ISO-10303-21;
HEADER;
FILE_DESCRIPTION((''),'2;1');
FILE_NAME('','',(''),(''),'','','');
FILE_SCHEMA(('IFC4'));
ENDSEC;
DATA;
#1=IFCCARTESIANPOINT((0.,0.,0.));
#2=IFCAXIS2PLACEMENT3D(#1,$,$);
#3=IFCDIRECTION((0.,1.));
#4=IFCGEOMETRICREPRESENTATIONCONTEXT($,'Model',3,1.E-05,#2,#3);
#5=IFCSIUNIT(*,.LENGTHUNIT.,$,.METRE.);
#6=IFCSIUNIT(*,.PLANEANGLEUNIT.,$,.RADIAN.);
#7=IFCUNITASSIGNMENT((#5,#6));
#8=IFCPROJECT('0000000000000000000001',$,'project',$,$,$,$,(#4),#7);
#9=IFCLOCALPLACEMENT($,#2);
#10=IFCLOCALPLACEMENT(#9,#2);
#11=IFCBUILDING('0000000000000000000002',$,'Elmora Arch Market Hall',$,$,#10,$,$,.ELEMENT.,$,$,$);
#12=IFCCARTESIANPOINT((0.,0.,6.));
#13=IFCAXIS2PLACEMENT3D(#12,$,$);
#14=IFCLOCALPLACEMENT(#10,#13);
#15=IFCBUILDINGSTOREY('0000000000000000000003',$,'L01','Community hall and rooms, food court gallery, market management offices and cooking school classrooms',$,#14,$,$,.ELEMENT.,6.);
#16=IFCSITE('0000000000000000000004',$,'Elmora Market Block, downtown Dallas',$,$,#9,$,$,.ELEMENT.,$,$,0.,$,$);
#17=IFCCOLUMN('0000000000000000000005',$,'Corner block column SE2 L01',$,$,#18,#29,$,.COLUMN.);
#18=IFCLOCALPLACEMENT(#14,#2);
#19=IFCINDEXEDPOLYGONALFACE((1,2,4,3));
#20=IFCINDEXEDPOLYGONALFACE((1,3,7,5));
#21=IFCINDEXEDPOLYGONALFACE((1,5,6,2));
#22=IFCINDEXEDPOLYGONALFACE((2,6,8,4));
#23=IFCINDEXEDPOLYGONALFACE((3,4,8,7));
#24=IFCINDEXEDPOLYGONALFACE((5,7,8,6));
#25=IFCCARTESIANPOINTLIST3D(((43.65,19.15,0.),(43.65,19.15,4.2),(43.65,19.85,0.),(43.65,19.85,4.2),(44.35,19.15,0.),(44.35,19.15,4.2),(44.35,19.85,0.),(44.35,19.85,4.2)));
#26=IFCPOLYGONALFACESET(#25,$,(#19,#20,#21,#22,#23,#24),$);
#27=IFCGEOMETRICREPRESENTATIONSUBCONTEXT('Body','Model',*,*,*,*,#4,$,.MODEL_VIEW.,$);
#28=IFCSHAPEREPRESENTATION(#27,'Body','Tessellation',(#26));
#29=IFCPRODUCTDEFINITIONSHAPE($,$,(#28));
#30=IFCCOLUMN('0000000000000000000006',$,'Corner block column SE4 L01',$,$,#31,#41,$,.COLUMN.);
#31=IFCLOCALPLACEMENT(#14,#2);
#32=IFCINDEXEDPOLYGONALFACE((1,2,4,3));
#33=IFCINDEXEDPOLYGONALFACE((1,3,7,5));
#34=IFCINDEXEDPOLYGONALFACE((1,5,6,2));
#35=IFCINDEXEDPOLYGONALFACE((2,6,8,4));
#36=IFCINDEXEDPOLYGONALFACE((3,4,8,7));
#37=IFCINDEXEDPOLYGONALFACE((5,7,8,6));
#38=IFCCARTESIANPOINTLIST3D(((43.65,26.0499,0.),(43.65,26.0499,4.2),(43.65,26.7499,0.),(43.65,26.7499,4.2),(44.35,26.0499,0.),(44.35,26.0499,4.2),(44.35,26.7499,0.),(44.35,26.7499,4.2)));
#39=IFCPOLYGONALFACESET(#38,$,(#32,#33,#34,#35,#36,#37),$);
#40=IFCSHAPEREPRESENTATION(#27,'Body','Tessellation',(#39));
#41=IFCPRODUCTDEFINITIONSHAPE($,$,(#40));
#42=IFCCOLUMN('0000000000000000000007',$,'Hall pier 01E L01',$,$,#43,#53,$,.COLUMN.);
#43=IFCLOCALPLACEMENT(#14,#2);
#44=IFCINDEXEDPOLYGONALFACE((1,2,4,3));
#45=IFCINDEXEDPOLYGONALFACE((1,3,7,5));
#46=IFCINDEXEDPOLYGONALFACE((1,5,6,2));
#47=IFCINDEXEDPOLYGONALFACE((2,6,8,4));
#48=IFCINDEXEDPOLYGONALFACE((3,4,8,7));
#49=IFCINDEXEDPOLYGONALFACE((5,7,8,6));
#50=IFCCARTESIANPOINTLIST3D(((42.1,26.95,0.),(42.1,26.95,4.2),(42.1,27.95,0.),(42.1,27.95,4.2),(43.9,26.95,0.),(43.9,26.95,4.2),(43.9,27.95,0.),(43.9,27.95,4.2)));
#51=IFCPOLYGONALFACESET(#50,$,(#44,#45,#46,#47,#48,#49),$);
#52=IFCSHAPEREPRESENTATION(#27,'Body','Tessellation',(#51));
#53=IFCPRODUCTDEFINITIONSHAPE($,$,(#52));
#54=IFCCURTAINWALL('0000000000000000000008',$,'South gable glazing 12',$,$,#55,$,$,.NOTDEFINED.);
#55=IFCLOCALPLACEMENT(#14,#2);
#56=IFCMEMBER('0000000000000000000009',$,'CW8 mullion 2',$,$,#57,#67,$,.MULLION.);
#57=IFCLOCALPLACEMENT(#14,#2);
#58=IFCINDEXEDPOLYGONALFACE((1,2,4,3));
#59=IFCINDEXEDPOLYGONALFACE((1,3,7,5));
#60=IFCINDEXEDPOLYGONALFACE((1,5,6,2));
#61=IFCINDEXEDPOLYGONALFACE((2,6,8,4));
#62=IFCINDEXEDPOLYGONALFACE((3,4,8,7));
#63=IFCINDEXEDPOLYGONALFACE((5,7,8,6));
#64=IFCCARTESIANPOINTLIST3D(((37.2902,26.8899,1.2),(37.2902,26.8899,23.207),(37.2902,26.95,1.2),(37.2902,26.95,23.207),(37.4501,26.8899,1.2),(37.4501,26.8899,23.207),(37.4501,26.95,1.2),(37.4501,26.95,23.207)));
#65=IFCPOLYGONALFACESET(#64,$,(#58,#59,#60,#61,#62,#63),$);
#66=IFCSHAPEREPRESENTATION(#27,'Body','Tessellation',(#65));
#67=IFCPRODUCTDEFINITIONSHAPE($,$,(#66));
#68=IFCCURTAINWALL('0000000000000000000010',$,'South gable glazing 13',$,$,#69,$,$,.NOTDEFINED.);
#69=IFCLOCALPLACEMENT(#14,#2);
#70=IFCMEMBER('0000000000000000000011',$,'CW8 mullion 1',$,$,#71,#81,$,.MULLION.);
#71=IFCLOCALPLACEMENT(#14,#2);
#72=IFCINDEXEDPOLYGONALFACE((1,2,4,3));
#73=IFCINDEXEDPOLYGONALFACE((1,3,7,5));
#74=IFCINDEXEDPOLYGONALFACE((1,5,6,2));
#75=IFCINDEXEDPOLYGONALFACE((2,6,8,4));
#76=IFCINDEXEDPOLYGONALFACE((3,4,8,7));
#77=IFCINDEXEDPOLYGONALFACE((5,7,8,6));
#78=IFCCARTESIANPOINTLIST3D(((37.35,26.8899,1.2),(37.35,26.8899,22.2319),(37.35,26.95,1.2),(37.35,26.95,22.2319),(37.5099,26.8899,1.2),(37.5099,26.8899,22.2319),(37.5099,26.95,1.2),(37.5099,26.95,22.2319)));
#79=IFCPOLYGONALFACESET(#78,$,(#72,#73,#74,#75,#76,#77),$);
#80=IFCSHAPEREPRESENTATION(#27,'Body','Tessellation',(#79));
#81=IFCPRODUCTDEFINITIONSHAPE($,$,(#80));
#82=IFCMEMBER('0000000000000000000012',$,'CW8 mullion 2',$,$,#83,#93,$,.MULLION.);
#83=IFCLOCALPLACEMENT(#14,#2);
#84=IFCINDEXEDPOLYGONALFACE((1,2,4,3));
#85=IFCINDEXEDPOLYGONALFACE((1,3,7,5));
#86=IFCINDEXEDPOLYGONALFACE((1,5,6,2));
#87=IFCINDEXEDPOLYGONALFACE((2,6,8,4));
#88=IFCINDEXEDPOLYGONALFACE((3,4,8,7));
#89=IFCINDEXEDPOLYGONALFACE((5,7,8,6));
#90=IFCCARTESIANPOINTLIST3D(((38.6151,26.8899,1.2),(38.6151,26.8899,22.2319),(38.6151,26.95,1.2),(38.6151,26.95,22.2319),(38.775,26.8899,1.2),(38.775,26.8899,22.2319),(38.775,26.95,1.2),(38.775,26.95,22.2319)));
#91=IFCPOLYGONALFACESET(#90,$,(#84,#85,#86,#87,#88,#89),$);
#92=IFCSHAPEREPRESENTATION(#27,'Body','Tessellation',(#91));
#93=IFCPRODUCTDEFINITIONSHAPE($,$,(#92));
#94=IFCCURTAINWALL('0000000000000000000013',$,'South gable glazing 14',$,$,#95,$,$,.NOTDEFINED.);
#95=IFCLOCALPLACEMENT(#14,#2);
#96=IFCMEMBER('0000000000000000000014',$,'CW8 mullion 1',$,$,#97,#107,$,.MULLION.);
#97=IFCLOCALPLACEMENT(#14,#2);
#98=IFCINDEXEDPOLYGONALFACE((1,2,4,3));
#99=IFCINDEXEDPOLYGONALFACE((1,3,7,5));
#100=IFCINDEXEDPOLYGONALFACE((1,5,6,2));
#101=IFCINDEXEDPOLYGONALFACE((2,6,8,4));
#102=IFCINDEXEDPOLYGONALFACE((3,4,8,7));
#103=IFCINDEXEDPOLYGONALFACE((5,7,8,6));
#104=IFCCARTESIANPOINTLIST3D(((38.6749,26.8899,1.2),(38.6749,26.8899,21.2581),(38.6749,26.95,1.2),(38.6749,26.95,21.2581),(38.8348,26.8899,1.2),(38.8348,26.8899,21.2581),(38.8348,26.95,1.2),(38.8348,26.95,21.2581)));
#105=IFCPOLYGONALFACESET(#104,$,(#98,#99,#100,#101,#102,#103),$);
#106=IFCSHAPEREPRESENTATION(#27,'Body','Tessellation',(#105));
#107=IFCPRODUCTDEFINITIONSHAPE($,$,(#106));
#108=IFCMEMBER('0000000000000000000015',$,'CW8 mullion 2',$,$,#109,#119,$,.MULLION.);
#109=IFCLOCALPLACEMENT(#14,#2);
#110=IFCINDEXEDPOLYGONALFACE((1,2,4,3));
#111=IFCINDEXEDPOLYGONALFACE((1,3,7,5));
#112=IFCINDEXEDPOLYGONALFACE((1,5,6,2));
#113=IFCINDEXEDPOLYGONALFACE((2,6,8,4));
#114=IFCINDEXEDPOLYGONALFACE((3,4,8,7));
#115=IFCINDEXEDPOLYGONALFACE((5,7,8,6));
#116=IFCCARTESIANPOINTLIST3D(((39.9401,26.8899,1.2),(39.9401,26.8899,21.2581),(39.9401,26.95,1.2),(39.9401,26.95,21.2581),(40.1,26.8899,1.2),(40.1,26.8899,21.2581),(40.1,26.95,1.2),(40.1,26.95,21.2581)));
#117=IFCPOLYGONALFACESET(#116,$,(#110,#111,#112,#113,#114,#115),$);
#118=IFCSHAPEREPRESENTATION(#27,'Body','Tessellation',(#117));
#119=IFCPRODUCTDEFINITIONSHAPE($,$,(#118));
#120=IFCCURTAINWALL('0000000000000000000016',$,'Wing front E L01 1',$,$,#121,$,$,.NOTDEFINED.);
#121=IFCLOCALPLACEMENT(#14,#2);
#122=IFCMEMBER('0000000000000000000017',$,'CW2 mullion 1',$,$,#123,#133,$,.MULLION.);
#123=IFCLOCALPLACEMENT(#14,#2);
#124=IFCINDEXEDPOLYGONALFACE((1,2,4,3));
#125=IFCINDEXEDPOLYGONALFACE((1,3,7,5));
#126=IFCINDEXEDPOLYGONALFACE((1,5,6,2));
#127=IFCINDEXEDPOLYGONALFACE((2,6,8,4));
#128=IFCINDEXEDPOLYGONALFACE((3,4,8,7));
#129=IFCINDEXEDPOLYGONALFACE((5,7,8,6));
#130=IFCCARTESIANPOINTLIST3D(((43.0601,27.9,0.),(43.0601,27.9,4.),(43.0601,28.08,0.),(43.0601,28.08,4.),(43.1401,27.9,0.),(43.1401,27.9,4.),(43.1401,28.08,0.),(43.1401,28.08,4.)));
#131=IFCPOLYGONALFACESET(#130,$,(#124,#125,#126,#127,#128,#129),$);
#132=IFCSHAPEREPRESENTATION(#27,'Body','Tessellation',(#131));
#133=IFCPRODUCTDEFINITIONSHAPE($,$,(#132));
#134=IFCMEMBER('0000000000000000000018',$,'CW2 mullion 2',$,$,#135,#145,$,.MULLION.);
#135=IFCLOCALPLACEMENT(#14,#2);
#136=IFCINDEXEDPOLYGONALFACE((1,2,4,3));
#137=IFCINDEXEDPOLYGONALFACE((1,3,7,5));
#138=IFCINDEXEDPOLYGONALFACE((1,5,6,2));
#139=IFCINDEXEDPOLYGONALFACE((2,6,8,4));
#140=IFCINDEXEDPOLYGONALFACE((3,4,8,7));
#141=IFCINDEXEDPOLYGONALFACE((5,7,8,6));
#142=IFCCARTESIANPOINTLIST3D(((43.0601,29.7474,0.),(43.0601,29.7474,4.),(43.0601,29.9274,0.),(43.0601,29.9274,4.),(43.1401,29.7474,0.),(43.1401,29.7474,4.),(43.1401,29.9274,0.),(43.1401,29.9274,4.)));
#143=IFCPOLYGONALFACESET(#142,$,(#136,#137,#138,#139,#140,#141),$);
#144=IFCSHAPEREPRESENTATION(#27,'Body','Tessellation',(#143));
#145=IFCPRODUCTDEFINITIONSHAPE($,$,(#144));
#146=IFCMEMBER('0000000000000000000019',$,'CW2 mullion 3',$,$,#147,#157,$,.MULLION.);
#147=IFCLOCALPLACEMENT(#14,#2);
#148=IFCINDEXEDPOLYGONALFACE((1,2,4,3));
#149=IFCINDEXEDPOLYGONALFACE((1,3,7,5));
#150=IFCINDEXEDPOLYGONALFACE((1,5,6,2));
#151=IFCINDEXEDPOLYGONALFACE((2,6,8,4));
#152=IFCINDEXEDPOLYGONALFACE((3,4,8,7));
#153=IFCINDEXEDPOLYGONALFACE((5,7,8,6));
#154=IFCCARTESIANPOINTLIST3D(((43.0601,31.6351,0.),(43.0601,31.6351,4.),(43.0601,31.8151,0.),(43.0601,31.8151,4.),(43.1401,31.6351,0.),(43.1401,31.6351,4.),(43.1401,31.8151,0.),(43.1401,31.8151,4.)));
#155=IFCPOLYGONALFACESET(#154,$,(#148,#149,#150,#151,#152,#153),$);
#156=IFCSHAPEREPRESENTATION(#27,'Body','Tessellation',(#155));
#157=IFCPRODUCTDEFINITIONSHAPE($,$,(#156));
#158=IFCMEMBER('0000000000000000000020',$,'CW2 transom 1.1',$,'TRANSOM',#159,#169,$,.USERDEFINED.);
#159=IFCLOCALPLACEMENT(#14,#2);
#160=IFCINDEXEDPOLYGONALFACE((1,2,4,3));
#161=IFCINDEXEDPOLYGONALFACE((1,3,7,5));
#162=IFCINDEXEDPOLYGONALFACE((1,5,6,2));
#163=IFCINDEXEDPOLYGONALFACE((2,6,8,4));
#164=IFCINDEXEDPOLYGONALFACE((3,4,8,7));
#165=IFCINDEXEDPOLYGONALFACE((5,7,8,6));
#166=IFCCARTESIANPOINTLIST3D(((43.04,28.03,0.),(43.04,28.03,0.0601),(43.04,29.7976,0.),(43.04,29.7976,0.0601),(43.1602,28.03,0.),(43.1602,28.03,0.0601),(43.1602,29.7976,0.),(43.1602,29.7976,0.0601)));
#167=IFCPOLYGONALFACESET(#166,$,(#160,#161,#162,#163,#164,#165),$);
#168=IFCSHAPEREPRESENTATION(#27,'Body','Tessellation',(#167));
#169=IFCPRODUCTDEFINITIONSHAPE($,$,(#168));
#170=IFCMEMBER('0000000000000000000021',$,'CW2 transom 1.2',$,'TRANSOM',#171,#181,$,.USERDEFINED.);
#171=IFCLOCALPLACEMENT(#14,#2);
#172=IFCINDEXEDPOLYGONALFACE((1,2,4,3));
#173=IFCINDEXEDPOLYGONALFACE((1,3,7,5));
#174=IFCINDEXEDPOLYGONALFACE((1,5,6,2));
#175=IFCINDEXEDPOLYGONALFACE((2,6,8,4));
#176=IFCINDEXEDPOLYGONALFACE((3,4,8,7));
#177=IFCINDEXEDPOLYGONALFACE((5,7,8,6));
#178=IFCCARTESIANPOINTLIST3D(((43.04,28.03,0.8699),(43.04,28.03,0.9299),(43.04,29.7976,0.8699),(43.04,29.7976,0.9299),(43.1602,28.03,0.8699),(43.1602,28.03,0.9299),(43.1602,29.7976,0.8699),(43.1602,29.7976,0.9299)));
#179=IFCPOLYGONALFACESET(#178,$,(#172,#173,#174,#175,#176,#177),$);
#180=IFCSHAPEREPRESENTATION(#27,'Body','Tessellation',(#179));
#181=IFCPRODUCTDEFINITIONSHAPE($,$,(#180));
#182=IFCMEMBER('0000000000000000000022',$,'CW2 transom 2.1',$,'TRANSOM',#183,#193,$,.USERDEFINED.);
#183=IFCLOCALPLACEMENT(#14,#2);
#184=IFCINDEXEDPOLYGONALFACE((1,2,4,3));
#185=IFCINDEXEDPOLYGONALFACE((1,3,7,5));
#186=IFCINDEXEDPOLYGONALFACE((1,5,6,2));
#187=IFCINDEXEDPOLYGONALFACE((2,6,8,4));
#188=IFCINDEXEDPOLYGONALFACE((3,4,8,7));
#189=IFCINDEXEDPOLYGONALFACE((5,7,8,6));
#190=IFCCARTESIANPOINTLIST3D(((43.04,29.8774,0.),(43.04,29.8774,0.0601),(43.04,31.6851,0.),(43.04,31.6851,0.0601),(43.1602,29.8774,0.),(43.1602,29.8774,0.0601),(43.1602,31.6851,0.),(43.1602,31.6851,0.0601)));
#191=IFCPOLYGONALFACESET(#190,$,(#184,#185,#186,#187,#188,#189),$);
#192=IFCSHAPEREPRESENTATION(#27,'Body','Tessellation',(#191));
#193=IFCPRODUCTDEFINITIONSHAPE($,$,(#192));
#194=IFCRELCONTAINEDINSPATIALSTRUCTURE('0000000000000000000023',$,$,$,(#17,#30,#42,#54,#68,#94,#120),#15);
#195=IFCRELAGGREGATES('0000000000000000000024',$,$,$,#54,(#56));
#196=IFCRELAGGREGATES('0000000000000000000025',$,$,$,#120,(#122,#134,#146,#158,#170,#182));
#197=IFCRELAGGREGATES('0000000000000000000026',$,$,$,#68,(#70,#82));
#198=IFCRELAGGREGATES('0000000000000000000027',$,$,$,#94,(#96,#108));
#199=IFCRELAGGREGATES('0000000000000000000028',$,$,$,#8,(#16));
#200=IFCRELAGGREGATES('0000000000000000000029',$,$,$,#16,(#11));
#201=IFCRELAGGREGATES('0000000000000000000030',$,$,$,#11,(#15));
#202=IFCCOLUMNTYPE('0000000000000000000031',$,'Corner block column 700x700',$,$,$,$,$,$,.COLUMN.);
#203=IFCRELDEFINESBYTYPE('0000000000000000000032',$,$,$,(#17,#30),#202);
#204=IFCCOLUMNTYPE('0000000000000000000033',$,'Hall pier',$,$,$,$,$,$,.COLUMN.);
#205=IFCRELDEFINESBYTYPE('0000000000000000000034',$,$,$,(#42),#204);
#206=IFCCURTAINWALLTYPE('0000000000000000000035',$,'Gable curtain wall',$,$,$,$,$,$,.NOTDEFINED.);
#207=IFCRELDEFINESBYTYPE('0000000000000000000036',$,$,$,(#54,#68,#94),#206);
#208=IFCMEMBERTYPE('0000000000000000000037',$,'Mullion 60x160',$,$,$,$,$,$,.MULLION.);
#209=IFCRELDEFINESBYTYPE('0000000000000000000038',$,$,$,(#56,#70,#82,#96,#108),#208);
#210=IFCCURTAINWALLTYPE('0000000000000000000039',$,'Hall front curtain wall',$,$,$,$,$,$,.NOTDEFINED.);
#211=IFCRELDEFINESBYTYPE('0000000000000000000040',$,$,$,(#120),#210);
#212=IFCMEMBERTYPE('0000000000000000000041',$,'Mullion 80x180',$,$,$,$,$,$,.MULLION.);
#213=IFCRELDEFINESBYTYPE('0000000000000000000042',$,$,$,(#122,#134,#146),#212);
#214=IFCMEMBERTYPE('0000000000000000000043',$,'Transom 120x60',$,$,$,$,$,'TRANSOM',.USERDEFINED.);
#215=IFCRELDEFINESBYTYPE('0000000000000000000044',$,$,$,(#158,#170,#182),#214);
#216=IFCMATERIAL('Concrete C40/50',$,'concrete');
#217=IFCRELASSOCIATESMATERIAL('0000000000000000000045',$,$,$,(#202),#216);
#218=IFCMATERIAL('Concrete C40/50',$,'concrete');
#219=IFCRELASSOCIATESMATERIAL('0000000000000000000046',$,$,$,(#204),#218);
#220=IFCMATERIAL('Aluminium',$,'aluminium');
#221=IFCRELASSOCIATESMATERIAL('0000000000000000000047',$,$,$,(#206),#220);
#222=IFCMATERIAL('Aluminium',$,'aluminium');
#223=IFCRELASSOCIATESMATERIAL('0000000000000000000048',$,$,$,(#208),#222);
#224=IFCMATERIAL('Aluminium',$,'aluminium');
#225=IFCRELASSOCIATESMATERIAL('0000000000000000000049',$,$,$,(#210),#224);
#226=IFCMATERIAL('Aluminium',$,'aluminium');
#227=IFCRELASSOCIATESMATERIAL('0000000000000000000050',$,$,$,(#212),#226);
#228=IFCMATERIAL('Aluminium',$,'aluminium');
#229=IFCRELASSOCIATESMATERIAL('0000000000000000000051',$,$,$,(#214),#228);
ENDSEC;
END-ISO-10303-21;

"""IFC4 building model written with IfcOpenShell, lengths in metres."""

from ifc_helpers import new_model, si_unit, direction, frame, origin, origin_2d, place, context, subcontext, project, spatial, rectangle, extrude, material, material_profile, profile_set, type_object, element, aggregate, save


model = new_model("IFC4")

# Units and contexts
model_context = context("Model", 3, precision=1e-05, world=origin(), true_north=direction((0.0, 1.0)))
body_context = subcontext(model_context, "Body", "Model", "MODEL_VIEW")
ifc_project = project(units=[si_unit("LENGTHUNIT", "METRE"), si_unit("PLANEANGLEUNIT", "RADIAN")], contexts=[model_context])

# Site, building, storey
site_placement = place(None, origin())
site = spatial("IfcSite", under=ifc_project, at=site_placement, Name="Elmora Market Block, downtown Dallas", CompositionType="ELEMENT", RefElevation=0.0)
building_placement = place(site_placement, origin())
building = spatial("IfcBuilding", under=site, at=building_placement, Name="Elmora Arch Market Hall", CompositionType="ELEMENT")
storey_placement = place(building_placement, frame((0.0, 0.0, 6.0)))
storey = spatial("IfcBuildingStorey", under=building, at=storey_placement, Name="L01", Description="Community hall and rooms, food court gallery, market management offices and cooking school classrooms", CompositionType="ELEMENT", Elevation=6.0)

# Columns
ifc_material_1 = material(Name="Concrete C40/50", Category="concrete")
ifc_material_profile_1 = material_profile(ifc_material_1, rectangle(XDim=0.7, YDim=0.7, at=origin_2d()), Name="Corner block column 700x700")
ifc_profile_set_1 = profile_set([ifc_material_profile_1], Name="Concrete C40/50")
column_type_1 = type_object("IfcColumnType", Name="Corner block column 700x700", PredefinedType="COLUMN", material=ifc_profile_set_1)
for number, where, z_axis, x_axis, name in (
    (1, (44.0, 19.5, 0.0), (0.0, 0.0, 1.0), (1.0, 0.0, 0.0), "Corner block column SE2 L01"),
    (2, (44.0, 26.3999, 0.0), (0.0, 0.0, 1.0), (1.0, 0.0, 0.0), "Corner block column SE4 L01"),
):
    element("IfcColumn", number, at=place(storey_placement, frame(where, z_axis=z_axis, x_axis=x_axis)), inside=storey, type_object=column_type_1, Name=name, PredefinedType="COLUMN", context=body_context, shape_type="SweptSolid", body=[
        extrude(rectangle(XDim=0.7, YDim=0.7, at=origin_2d()), origin(), (0.0, 0.0, 1.0), 4.2),
    ])
ifc_material_2 = material(Name="Concrete C40/50", Category="concrete")
ifc_material_profile_2 = material_profile(ifc_material_2, rectangle(XDim=1.8, YDim=1.0, at=origin_2d()), Name="Hall pier")
ifc_profile_set_2 = profile_set([ifc_material_profile_2], Name="Concrete C40/50")
column_type_2 = type_object("IfcColumnType", Name="Hall pier", PredefinedType="COLUMN", material=ifc_profile_set_2)
column_placement = place(storey_placement, frame((43.0, 27.45, 0.0), z_axis=(0.0, 0.0, 1.0), x_axis=(1.0, 0.0, 0.0)))
element("IfcColumn", 3, at=column_placement, inside=storey, type_object=column_type_2, Name="Hall pier 01E L01", PredefinedType="COLUMN", context=body_context, shape_type="SweptSolid", body=[
    extrude(rectangle(XDim=1.8, YDim=1.0, at=origin_2d()), origin(), (0.0, 0.0, 1.0), 4.2),
])

# Curtain wall, member
ifc_material_3 = material(Name="Aluminium", Category="aluminium")
curtain_wall_type_1 = type_object("IfcCurtainWallType", Name="Gable curtain wall", PredefinedType="NOTDEFINED", material=ifc_material_3)
curtain_wall_1_placement = place(storey_placement, origin())
curtain_wall_1 = element("IfcCurtainWall", 4, at=curtain_wall_1_placement, inside=storey, type_object=curtain_wall_type_1, Name="South gable glazing 12", PredefinedType="NOTDEFINED")
ifc_material_4 = material(Name="Aluminium", Category="aluminium")
ifc_material_profile_3 = material_profile(ifc_material_4, rectangle(XDim=0.0601, YDim=0.1599, at=origin_2d()), Name="AL 60x160")
ifc_profile_set_3 = profile_set([ifc_material_profile_3], Name="Aluminium")
member_type_1 = type_object("IfcMemberType", Name="Mullion 60x160", PredefinedType="MULLION", material=ifc_profile_set_3)
member_1_placement = place(storey_placement, frame((37.3701, 26.9199, 1.2), z_axis=(0.0, 0.0, 1.0), x_axis=(0.0, 1.0, 0.0)))
member_1 = element("IfcMember", 5, at=member_1_placement, type_object=member_type_1, Name="CW8 mullion 2", PredefinedType="MULLION", context=body_context, shape_type="SweptSolid", body=[
    extrude(rectangle(XDim=0.0601, YDim=0.1599, at=origin_2d()), origin(), (0.0, 0.0, 1.0), 22.0071),
])
aggregate(curtain_wall_1, [member_1])

# Curtain walls, members
curtain_wall_2_placement = place(storey_placement, origin())
curtain_wall_2 = element("IfcCurtainWall", 6, at=curtain_wall_2_placement, inside=storey, type_object=curtain_wall_type_1, Name="South gable glazing 13", PredefinedType="NOTDEFINED")
member_2_placement = place(storey_placement, frame((37.4299, 26.9199, 1.2), z_axis=(0.0, 0.0, 1.0), x_axis=(0.0, 1.0, 0.0)))
member_2 = element("IfcMember", 7, at=member_2_placement, type_object=member_type_1, Name="CW8 mullion 1", PredefinedType="MULLION", context=body_context, shape_type="SweptSolid", body=[
    extrude(rectangle(XDim=0.0601, YDim=0.1599, at=origin_2d()), origin(), (0.0, 0.0, 1.0), 21.032),
])
member_3_placement = place(storey_placement, frame((38.6951, 26.9199, 1.2), z_axis=(0.0, 0.0, 1.0), x_axis=(0.0, 1.0, 0.0)))
member_3 = element("IfcMember", 8, at=member_3_placement, type_object=member_type_1, Name="CW8 mullion 2", PredefinedType="MULLION", context=body_context, shape_type="SweptSolid", body=[
    extrude(rectangle(XDim=0.0601, YDim=0.1599, at=origin_2d()), origin(), (0.0, 0.0, 1.0), 21.032),
])
curtain_wall_3_placement = place(storey_placement, origin())
curtain_wall_3 = element("IfcCurtainWall", 9, at=curtain_wall_3_placement, inside=storey, type_object=curtain_wall_type_1, Name="South gable glazing 14", PredefinedType="NOTDEFINED")
member_4_placement = place(storey_placement, frame((38.7549, 26.9199, 1.2), z_axis=(0.0, 0.0, 1.0), x_axis=(0.0, 1.0, 0.0)))
member_4 = element("IfcMember", 10, at=member_4_placement, type_object=member_type_1, Name="CW8 mullion 1", PredefinedType="MULLION", context=body_context, shape_type="SweptSolid", body=[
    extrude(rectangle(XDim=0.0601, YDim=0.1599, at=origin_2d()), origin(), (0.0, 0.0, 1.0), 20.0581),
])
member_5_placement = place(storey_placement, frame((40.02, 26.9199, 1.2), z_axis=(0.0, 0.0, 1.0), x_axis=(0.0, 1.0, 0.0)))
member_5 = element("IfcMember", 11, at=member_5_placement, type_object=member_type_1, Name="CW8 mullion 2", PredefinedType="MULLION", context=body_context, shape_type="SweptSolid", body=[
    extrude(rectangle(XDim=0.0601, YDim=0.1599, at=origin_2d()), origin(), (0.0, 0.0, 1.0), 20.0581),
])
ifc_material_5 = material(Name="Aluminium", Category="aluminium")
curtain_wall_type_2 = type_object("IfcCurtainWallType", Name="Hall front curtain wall", PredefinedType="NOTDEFINED", material=ifc_material_5)
curtain_wall_4_placement = place(storey_placement, origin())
curtain_wall_4 = element("IfcCurtainWall", 12, at=curtain_wall_4_placement, inside=storey, type_object=curtain_wall_type_2, Name="Wing front E L01 1", PredefinedType="NOTDEFINED")
ifc_material_6 = material(Name="Aluminium", Category="aluminium")
ifc_material_profile_4 = material_profile(ifc_material_6, rectangle(XDim=0.0801, YDim=0.1799, at=origin_2d()), Name="AL 80x180")
ifc_profile_set_4 = profile_set([ifc_material_profile_4], Name="Aluminium")
member_type_2 = type_object("IfcMemberType", Name="Mullion 80x180", PredefinedType="MULLION", material=ifc_profile_set_4)
member_6_placement = place(storey_placement, frame((43.1001, 27.99, 0.0), z_axis=(0.0, 0.0, 1.0), x_axis=(-1.0, 0.0, 0.0)))
member_6 = element("IfcMember", 13, at=member_6_placement, type_object=member_type_2, Name="CW2 mullion 1", PredefinedType="MULLION", context=body_context, shape_type="SweptSolid", body=[
    extrude(rectangle(XDim=0.0801, YDim=0.1799, at=origin_2d()), origin(), (0.0, 0.0, 1.0), 4.0),
])
member_7_placement = place(storey_placement, frame((43.1001, 29.8374, 0.0), z_axis=(0.0, 0.0, 1.0), x_axis=(-1.0, 0.0, 0.0)))
member_7 = element("IfcMember", 14, at=member_7_placement, type_object=member_type_2, Name="CW2 mullion 2", PredefinedType="MULLION", context=body_context, shape_type="SweptSolid", body=[
    extrude(rectangle(XDim=0.0801, YDim=0.1799, at=origin_2d()), origin(), (0.0, 0.0, 1.0), 4.0),
])
member_8_placement = place(storey_placement, frame((43.1001, 31.7251, 0.0), z_axis=(0.0, 0.0, 1.0), x_axis=(-1.0, 0.0, 0.0)))
member_8 = element("IfcMember", 15, at=member_8_placement, type_object=member_type_2, Name="CW2 mullion 3", PredefinedType="MULLION", context=body_context, shape_type="SweptSolid", body=[
    extrude(rectangle(XDim=0.0801, YDim=0.1799, at=origin_2d()), origin(), (0.0, 0.0, 1.0), 4.0),
])
ifc_material_7 = material(Name="Aluminium", Category="aluminium")
ifc_material_profile_5 = material_profile(ifc_material_7, rectangle(XDim=0.1201, YDim=0.0601, at=origin_2d()), Name="AL 120x60")
ifc_profile_set_5 = profile_set([ifc_material_profile_5], Name="Aluminium")
member_type_3 = type_object("IfcMemberType", Name="Transom 120x60", ElementType="TRANSOM", PredefinedType="USERDEFINED", material=ifc_profile_set_5)
member_9_placement = place(storey_placement, frame((43.1001, 28.03, 0.03), z_axis=(0.0, 1.0, 0.0), x_axis=(-1.0, 0.0, 0.0)))
member_9 = element("IfcMember", 16, at=member_9_placement, type_object=member_type_3, Name="CW2 transom 1.1", ObjectType="TRANSOM", PredefinedType="USERDEFINED", context=body_context, shape_type="SweptSolid", body=[
    extrude(rectangle(XDim=0.1201, YDim=0.0601, at=origin_2d()), origin(), (0.0, 0.0, 1.0), 1.7676),
])
member_10_placement = place(storey_placement, frame((43.1001, 28.03, 0.8999), z_axis=(0.0, 1.0, 0.0), x_axis=(-1.0, 0.0, 0.0)))
member_10 = element("IfcMember", 17, at=member_10_placement, type_object=member_type_3, Name="CW2 transom 1.2", ObjectType="TRANSOM", PredefinedType="USERDEFINED", context=body_context, shape_type="SweptSolid", body=[
    extrude(rectangle(XDim=0.1201, YDim=0.0601, at=origin_2d()), origin(), (0.0, 0.0, 1.0), 1.7676),
])
member_11_placement = place(storey_placement, frame((43.1001, 29.8774, 0.03), z_axis=(0.0, 1.0, 0.0), x_axis=(-1.0, 0.0, 0.0)))
member_11 = element("IfcMember", 18, at=member_11_placement, type_object=member_type_3, Name="CW2 transom 2.1", ObjectType="TRANSOM", PredefinedType="USERDEFINED", context=body_context, shape_type="SweptSolid", body=[
    extrude(rectangle(XDim=0.1201, YDim=0.0601, at=origin_2d()), origin(), (0.0, 0.0, 1.0), 1.8076),
])

aggregate(curtain_wall_4, [member_6, member_7, member_8, member_9, member_10, member_11])
aggregate(curtain_wall_2, [member_2, member_3])
aggregate(curtain_wall_3, [member_4, member_5])

save(model, "model.ifc")
